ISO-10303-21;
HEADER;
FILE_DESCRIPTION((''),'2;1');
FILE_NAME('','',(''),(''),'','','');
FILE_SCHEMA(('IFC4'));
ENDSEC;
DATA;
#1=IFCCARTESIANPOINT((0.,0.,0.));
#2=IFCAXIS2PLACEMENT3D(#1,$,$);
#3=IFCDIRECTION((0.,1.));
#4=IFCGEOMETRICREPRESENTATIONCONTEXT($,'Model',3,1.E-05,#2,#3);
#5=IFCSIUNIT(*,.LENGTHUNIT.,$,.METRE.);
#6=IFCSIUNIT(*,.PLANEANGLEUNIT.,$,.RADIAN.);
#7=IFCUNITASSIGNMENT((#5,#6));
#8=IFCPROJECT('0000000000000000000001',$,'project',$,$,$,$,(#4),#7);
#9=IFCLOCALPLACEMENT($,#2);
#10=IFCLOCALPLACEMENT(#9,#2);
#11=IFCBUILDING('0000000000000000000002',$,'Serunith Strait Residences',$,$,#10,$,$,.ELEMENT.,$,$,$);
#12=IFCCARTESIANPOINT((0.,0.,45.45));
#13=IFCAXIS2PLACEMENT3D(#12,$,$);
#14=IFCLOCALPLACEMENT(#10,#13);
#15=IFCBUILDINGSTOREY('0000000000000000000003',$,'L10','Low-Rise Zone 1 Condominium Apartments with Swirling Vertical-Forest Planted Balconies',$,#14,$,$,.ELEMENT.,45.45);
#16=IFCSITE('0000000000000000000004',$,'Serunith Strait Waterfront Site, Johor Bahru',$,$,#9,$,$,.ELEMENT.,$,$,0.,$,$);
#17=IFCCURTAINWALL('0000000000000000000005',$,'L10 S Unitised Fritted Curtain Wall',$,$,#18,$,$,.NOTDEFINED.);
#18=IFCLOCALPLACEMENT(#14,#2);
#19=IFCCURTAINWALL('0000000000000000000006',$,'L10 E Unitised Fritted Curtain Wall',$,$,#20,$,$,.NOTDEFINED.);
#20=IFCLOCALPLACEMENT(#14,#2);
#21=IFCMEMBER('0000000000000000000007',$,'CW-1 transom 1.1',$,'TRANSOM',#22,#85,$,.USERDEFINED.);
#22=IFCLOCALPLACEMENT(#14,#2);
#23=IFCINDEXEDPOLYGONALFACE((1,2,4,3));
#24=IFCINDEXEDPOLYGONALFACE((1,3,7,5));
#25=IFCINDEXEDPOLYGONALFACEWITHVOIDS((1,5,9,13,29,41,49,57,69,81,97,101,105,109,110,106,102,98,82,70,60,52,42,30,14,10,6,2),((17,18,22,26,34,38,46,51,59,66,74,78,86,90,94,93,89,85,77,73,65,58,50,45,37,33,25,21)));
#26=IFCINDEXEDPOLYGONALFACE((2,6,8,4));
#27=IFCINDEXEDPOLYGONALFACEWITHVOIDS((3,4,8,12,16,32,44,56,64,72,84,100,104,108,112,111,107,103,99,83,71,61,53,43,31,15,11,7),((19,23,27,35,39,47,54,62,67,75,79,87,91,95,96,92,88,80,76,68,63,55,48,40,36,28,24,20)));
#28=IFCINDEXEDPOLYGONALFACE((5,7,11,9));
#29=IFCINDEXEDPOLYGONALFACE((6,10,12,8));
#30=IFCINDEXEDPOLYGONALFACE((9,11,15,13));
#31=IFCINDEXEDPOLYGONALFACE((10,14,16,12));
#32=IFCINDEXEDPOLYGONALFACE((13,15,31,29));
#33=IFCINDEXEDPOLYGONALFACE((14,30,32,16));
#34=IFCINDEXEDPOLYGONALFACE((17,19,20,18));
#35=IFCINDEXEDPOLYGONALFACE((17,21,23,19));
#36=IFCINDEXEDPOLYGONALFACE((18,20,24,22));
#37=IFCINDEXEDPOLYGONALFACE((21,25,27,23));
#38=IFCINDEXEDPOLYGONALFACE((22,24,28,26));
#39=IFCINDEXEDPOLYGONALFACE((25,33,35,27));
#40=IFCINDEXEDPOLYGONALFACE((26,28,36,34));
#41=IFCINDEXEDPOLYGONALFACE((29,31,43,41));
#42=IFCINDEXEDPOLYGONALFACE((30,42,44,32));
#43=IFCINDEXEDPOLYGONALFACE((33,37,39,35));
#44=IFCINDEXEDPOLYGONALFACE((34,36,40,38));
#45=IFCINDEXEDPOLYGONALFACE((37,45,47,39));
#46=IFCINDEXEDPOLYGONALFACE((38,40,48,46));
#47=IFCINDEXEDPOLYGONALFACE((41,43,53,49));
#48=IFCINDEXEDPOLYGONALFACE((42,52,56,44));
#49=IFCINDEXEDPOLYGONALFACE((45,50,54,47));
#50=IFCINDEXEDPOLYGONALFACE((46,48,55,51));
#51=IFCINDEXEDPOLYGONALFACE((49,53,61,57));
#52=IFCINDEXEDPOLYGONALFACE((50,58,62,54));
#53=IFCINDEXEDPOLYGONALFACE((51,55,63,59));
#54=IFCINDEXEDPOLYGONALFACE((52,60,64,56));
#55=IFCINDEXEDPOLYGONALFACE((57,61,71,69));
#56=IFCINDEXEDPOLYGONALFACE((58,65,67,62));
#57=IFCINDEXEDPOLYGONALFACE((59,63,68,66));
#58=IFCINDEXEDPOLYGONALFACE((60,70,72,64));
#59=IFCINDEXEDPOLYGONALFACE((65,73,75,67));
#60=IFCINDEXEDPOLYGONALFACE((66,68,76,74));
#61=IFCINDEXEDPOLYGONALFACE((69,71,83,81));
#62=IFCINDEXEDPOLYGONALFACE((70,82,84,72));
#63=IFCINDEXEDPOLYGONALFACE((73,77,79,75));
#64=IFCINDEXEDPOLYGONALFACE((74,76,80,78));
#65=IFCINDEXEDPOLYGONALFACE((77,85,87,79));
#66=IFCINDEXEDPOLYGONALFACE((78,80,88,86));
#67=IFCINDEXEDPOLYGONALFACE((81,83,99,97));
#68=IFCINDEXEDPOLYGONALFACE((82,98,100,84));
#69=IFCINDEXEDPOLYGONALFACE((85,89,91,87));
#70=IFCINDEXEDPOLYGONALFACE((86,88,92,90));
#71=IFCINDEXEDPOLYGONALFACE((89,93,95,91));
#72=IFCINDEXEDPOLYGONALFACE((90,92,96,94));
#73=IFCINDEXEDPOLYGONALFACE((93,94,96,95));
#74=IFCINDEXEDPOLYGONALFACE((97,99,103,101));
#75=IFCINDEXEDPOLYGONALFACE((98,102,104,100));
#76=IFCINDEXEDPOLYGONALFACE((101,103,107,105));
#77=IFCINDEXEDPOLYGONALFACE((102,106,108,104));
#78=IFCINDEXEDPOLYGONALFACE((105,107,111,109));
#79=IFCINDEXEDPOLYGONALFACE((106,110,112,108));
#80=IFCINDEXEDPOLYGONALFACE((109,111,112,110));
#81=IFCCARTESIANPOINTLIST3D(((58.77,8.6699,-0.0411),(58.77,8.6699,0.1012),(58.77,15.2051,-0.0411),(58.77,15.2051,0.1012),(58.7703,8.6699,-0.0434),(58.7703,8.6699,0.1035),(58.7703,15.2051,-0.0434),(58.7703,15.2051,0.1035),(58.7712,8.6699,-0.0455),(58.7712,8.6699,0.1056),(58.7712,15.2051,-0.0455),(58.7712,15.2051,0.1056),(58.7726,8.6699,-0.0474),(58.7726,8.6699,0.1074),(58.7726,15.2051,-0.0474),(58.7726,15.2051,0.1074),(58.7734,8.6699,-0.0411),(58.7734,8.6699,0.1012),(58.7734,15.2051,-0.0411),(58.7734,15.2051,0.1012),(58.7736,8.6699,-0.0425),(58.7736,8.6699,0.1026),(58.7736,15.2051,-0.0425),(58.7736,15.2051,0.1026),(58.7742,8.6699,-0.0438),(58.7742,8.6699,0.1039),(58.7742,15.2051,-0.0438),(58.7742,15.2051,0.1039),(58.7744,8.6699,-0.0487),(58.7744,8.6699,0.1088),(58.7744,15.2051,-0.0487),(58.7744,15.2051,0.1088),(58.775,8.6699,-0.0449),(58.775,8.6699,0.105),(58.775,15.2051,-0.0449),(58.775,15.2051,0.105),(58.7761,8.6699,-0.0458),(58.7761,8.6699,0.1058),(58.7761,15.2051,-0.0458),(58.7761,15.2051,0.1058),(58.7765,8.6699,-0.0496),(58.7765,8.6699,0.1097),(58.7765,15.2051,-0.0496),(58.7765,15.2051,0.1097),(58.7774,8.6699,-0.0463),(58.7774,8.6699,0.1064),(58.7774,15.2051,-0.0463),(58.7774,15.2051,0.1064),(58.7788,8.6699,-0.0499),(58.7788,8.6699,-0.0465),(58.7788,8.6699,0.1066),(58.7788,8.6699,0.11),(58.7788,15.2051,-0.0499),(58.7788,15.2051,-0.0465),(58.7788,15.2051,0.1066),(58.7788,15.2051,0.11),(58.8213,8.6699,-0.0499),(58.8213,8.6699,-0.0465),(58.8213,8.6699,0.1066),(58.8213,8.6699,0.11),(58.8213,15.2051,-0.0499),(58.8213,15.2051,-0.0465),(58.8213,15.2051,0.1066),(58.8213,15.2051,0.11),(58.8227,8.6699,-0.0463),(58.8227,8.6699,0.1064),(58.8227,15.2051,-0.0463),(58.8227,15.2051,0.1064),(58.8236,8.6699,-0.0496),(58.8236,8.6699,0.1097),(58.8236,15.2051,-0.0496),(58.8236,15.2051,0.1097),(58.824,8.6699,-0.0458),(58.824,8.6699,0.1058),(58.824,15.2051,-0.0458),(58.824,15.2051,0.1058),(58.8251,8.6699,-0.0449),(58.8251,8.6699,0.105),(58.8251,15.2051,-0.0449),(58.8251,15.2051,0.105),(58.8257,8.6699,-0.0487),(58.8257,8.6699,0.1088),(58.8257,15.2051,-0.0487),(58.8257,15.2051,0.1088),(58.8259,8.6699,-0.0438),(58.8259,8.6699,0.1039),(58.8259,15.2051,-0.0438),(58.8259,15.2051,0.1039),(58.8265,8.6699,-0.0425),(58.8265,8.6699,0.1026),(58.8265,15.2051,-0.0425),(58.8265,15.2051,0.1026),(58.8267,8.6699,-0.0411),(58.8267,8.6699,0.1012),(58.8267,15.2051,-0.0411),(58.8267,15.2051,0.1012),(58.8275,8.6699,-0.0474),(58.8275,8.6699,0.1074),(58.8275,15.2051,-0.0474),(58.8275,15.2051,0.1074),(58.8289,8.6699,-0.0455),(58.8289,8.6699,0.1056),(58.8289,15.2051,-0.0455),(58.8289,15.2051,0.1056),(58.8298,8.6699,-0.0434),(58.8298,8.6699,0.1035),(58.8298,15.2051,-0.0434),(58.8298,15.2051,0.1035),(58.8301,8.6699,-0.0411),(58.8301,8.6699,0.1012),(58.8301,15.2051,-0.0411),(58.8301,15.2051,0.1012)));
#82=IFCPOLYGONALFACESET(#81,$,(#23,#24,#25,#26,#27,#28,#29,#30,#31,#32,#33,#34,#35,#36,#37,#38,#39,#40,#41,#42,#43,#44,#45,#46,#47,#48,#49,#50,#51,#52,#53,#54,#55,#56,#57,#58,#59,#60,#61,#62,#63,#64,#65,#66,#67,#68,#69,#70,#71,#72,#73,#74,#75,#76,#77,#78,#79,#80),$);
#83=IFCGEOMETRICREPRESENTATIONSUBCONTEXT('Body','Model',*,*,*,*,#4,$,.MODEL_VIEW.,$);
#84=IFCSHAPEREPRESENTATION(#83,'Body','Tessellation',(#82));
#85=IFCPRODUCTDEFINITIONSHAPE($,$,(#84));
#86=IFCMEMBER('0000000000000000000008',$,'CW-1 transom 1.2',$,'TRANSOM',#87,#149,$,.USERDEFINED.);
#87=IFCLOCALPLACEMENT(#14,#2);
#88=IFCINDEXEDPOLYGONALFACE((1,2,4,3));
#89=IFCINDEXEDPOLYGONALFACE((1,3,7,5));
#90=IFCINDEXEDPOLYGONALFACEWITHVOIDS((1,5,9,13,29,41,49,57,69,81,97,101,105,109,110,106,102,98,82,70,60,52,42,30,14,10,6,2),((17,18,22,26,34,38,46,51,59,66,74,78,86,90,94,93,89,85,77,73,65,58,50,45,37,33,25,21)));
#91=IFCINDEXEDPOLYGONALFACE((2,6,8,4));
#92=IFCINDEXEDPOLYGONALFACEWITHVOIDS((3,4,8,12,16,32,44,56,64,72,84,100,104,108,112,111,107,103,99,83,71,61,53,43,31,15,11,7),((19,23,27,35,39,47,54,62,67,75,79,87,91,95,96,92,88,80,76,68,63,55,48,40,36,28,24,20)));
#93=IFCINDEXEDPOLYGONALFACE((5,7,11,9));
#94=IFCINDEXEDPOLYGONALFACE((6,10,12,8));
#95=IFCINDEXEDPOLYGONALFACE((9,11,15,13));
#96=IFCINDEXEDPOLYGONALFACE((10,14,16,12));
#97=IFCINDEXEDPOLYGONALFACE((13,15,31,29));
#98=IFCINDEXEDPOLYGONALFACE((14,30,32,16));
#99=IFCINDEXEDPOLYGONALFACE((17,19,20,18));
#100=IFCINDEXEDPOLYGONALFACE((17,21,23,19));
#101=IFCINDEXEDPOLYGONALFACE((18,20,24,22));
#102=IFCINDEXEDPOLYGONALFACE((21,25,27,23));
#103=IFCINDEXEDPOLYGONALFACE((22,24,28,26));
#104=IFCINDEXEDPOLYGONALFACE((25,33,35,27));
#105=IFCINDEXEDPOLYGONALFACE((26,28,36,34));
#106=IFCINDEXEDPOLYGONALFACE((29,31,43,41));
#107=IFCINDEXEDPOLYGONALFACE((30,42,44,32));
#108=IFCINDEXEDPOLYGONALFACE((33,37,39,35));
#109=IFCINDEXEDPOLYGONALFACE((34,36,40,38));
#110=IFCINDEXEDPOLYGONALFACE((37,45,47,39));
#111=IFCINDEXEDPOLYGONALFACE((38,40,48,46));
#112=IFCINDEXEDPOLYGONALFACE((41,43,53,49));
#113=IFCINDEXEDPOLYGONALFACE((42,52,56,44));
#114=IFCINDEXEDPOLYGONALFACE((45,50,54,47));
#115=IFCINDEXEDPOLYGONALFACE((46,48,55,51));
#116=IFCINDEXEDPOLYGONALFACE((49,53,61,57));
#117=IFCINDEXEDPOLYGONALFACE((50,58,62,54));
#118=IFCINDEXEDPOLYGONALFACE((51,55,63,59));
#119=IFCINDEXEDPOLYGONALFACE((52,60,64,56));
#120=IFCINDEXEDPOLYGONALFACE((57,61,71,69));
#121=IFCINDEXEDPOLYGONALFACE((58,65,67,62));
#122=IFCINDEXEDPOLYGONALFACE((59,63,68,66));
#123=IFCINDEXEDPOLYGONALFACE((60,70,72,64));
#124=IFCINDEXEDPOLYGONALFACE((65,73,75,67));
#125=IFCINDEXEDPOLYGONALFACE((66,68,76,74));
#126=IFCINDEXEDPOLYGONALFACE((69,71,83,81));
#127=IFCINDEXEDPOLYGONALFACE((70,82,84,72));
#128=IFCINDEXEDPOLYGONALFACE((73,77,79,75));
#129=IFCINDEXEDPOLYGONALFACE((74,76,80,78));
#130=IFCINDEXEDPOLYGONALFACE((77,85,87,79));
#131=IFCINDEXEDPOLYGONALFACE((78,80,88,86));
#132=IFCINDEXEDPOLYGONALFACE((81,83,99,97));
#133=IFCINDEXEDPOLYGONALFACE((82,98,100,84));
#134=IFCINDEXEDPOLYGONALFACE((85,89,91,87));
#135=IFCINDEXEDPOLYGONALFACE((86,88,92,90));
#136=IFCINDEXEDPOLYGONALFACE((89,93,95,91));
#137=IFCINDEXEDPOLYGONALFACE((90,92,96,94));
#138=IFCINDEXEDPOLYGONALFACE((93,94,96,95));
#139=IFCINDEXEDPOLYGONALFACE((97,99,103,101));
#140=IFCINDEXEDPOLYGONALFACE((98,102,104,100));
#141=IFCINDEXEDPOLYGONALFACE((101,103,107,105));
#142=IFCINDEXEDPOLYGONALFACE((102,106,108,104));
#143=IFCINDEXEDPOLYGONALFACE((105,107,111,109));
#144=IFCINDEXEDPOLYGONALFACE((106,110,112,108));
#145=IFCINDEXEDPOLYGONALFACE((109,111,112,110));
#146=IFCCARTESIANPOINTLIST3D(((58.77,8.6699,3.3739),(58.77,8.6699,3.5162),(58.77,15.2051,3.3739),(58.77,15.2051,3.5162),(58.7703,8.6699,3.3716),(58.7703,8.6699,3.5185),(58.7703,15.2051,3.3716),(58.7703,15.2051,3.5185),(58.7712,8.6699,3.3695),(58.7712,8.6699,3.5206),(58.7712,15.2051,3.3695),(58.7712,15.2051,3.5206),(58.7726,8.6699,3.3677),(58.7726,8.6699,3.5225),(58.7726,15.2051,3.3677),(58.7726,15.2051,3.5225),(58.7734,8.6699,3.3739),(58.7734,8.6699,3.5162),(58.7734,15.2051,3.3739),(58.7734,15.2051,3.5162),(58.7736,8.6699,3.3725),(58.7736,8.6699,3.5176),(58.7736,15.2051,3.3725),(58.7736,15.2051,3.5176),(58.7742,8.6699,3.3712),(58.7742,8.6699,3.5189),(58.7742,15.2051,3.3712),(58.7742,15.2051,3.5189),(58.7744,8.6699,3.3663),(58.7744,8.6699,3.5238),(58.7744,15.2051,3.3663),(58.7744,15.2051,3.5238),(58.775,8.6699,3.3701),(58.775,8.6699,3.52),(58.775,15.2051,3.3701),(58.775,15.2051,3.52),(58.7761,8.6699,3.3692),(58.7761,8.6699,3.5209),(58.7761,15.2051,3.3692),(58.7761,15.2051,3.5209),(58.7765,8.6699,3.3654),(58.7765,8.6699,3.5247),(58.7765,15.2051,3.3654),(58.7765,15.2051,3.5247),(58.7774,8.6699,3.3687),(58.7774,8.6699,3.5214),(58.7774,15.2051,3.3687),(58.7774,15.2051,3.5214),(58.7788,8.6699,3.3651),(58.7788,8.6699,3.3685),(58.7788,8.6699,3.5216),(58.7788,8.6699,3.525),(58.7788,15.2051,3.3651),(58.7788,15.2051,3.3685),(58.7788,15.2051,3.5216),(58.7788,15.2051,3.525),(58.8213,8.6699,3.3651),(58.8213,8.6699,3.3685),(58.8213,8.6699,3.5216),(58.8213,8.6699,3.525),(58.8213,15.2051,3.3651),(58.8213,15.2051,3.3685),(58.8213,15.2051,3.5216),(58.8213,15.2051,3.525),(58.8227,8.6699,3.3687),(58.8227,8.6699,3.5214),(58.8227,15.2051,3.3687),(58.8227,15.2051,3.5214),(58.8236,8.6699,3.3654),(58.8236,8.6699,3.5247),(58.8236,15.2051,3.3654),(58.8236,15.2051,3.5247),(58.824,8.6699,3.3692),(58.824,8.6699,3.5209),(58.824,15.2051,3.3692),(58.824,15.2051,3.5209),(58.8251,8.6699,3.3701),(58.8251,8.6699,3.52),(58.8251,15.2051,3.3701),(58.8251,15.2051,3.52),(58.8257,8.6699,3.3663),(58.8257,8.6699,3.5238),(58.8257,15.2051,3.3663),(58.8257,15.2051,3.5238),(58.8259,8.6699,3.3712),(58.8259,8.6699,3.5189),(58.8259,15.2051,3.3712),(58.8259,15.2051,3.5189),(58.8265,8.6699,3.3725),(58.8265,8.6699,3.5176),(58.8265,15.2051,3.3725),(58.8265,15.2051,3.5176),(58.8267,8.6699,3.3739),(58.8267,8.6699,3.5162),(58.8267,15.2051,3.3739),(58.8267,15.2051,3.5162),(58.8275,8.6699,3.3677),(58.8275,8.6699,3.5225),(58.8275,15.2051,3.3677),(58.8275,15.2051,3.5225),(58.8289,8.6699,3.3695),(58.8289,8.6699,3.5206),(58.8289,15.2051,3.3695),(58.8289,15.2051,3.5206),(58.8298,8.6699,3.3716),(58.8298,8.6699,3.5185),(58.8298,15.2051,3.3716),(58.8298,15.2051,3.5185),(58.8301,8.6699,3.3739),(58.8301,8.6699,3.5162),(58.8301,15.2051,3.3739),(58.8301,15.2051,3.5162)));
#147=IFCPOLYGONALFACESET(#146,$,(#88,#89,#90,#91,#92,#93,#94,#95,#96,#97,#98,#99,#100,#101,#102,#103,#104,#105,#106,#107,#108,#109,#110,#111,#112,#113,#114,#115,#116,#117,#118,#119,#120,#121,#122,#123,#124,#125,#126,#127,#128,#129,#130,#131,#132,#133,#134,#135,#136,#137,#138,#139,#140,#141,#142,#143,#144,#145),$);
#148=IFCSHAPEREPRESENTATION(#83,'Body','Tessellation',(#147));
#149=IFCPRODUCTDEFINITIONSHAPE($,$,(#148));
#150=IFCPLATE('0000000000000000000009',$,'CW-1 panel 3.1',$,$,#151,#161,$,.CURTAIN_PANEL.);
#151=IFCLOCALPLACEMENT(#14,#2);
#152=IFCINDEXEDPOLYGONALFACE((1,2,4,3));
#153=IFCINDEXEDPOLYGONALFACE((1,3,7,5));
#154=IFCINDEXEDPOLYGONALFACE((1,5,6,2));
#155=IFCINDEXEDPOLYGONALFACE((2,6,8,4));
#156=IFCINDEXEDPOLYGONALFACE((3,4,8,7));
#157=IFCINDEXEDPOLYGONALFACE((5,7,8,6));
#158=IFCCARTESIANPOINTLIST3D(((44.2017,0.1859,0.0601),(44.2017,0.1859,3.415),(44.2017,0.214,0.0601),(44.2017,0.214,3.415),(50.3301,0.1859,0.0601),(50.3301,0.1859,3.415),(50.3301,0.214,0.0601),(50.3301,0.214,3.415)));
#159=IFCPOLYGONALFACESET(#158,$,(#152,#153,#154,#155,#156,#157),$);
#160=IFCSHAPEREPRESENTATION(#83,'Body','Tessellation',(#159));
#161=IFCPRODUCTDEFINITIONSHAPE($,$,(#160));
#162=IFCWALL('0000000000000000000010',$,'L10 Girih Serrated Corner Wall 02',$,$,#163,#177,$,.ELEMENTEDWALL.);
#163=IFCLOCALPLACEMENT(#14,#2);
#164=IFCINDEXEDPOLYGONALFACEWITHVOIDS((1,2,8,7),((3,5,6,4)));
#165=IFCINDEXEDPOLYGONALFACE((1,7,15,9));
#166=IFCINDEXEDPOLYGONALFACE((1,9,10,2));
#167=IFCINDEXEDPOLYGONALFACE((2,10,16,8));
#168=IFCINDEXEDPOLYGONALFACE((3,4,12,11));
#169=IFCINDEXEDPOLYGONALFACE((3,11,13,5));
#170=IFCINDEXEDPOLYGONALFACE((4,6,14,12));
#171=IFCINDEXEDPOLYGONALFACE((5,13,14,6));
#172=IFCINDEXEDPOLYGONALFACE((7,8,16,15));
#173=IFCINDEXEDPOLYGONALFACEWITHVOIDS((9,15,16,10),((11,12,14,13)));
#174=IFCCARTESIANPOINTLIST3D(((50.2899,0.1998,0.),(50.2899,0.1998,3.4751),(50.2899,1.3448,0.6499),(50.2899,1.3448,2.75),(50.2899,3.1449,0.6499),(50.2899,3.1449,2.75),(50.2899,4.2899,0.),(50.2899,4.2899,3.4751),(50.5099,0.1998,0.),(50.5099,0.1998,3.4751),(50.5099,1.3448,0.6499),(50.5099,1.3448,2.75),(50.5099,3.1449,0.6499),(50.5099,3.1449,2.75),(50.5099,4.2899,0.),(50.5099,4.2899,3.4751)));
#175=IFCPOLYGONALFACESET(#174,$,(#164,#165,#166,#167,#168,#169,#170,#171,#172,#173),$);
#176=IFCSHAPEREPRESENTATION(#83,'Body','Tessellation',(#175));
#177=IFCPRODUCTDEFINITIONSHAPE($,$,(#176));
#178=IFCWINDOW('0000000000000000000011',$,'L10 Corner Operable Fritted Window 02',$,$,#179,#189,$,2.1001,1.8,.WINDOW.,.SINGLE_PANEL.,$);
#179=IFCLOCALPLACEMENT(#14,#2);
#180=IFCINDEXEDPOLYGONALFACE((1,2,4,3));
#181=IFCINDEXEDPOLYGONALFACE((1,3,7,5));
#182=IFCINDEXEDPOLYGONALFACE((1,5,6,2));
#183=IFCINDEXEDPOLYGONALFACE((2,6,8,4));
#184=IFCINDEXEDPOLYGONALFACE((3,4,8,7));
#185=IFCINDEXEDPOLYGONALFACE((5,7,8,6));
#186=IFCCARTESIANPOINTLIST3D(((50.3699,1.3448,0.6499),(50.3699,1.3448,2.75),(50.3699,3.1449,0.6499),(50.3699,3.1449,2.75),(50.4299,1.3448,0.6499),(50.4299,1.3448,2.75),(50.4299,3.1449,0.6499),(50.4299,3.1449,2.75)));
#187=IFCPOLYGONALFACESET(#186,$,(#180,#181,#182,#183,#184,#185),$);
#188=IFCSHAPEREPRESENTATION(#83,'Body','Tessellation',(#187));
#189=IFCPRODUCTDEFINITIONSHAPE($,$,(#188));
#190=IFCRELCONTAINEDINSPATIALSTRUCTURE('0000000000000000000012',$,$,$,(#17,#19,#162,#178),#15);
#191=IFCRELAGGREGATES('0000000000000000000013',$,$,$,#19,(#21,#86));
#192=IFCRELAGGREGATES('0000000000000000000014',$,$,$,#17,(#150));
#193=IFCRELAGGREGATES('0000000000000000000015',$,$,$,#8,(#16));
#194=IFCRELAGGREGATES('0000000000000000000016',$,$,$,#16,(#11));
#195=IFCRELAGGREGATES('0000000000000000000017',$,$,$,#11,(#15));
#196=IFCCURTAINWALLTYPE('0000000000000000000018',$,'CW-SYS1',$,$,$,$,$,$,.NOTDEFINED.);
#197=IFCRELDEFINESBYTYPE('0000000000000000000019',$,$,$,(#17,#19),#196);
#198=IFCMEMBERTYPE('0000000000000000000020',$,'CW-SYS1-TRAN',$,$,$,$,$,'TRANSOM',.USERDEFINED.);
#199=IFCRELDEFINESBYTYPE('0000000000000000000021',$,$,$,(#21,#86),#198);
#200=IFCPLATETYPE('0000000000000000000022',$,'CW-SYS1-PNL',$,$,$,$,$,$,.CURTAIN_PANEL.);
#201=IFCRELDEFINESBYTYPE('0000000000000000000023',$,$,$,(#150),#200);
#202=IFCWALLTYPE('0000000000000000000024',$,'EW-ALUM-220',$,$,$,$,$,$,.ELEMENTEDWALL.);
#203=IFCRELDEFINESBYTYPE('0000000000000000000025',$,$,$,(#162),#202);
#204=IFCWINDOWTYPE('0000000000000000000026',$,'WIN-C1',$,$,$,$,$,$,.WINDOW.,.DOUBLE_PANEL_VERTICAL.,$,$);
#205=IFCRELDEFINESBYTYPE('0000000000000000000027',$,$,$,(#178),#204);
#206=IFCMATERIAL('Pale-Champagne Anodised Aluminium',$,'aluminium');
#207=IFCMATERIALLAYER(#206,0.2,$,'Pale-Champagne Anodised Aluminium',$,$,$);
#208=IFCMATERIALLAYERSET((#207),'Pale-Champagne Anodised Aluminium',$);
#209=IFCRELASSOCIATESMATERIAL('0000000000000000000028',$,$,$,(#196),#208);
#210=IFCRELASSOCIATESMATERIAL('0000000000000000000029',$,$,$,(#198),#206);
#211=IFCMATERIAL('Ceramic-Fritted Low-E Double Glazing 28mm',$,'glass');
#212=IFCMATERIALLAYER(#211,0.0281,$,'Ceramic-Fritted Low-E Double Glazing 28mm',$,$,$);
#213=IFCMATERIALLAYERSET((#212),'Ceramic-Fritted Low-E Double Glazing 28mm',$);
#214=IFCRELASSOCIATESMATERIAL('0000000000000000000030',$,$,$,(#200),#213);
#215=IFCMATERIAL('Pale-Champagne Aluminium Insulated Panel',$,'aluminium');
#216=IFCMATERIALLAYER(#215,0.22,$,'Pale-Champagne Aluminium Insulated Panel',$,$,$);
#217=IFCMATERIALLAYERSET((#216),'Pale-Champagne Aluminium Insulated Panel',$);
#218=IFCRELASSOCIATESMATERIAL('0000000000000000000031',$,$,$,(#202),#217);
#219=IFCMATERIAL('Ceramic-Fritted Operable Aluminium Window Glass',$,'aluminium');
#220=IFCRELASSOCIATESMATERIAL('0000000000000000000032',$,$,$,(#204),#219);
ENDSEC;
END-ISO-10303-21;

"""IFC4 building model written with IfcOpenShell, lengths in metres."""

from ifc_helpers import new_model, si_unit, direction, frame, frame_2d, origin, origin_2d, place, context, subcontext, project, spatial, rectangle, hollow_rectangle, extrude, source, transform, mapped, material, layer, layer_set, material_profile, profile_set, type_object, element, fill, aggregate, save


model = new_model("IFC4")

# Units and contexts
model_context = context("Model", 3, precision=1e-05, world=origin(), true_north=direction((0.0, 1.0)))
body_context = subcontext(model_context, "Body", "Model", "MODEL_VIEW")
ifc_project = project(units=[si_unit("LENGTHUNIT", "METRE"), si_unit("PLANEANGLEUNIT", "RADIAN")], contexts=[model_context])

# Site, building, storey
site_placement = place(None, origin())
site = spatial("IfcSite", under=ifc_project, at=site_placement, Name="Serunith Strait Waterfront Site, Johor Bahru", CompositionType="ELEMENT", RefElevation=0.0)
building_placement = place(site_placement, origin())
building = spatial("IfcBuilding", under=site, at=building_placement, Name="Serunith Strait Residences", CompositionType="ELEMENT")
storey_placement = place(building_placement, frame((0.0, 0.0, 45.45)))
storey = spatial("IfcBuildingStorey", under=building, at=storey_placement, Name="L10", Description="Low-Rise Zone 1 Condominium Apartments with Swirling Vertical-Forest Planted Balconies", CompositionType="ELEMENT", Elevation=45.45)

# Curtain wall
ifc_material_1 = material(Name="Pale-Champagne Anodised Aluminium", Category="aluminium")
ifc_layer_1 = layer(ifc_material_1, 0.2, Name="Pale-Champagne Anodised Aluminium")
ifc_layer_set_1 = layer_set([ifc_layer_1], Name="Pale-Champagne Anodised Aluminium")
curtain_wall_type = type_object("IfcCurtainWallType", Name="CW-SYS1", PredefinedType="NOTDEFINED", material=ifc_layer_set_1)
curtain_wall_1_placement = place(storey_placement, origin())
curtain_wall_1 = element("IfcCurtainWall", 1, at=curtain_wall_1_placement, inside=storey, type_object=curtain_wall_type, Name="L10 S Unitised Fritted Curtain Wall", PredefinedType="NOTDEFINED")

# Curtain wall, members
curtain_wall_2_placement = place(storey_placement, origin())
curtain_wall_2 = element("IfcCurtainWall", 2, at=curtain_wall_2_placement, inside=storey, type_object=curtain_wall_type, Name="L10 E Unitised Fritted Curtain Wall", PredefinedType="NOTDEFINED")
ifc_material_profile_1 = material_profile(ifc_material_1, hollow_rectangle(XDim=0.0601, YDim=0.1599, WallThickness=0.0034, InnerFilletRadius=0.0054, OuterFilletRadius=0.0088, at=origin_2d()), Name="ALU 160x60x3.5")
ifc_profile_set_1 = profile_set([ifc_material_profile_1], Name="Pale-Champagne Anodised Aluminium")
member_type_1 = type_object("IfcMemberType", Name="CW-SYS1-TRAN", ElementType="TRANSOM", PredefinedType="USERDEFINED", material=ifc_profile_set_1)
shared_shape_1 = source(origin(), body_context, "Body", "SweptSolid", [
    extrude(hollow_rectangle(XDim=0.0601, YDim=0.1599, WallThickness=0.0034, InnerFilletRadius=0.0054, OuterFilletRadius=0.0088, at=origin_2d()), origin(), (0.0, 0.0, 1.0), 6.5352),
])
member_1_placement = place(storey_placement, frame((58.8, 8.6699, 0.03), z_axis=(0.0, 1.0, 0.0), x_axis=(-1.0, 0.0, 0.0)))
member_1 = element("IfcMember", 3, at=member_1_placement, type_object=member_type_1, Name="CW-1 transom 1.1", ObjectType="TRANSOM", PredefinedType="USERDEFINED", context=body_context, shape_type="MappedRepresentation", body=[
    mapped(shared_shape_1, transform((0.0, 0.0, 0.0), scale=1.0)),
])
member_2_placement = place(storey_placement, frame((58.8, 8.6699, 3.4451), z_axis=(0.0, 1.0, 0.0), x_axis=(-1.0, 0.0, 0.0)))
member_2 = element("IfcMember", 4, at=member_2_placement, type_object=member_type_1, Name="CW-1 transom 1.2", ObjectType="TRANSOM", PredefinedType="USERDEFINED", context=body_context, shape_type="MappedRepresentation", body=[
    mapped(shared_shape_1, transform((0.0, 0.0, 0.0), scale=1.0)),
])
aggregate(curtain_wall_2, [member_1, member_2])

# Plate
ifc_material_2 = material(Name="Ceramic-Fritted Low-E Double Glazing 28mm", Category="glass")
ifc_layer_2 = layer(ifc_material_2, 0.0281, Name="Ceramic-Fritted Low-E Double Glazing 28mm")
ifc_layer_set_2 = layer_set([ifc_layer_2], Name="Ceramic-Fritted Low-E Double Glazing 28mm")
plate_type = type_object("IfcPlateType", Name="CW-SYS1-PNL", PredefinedType="CURTAIN_PANEL", material=ifc_layer_set_2)
shared_shape_2 = source(origin(), body_context, "Body", "SweptSolid", [
    extrude(rectangle(XDim=6.1284, YDim=0.0281, at=origin_2d()), origin(), (0.0, 0.0, 1.0), 3.355),
])
plate_placement = place(storey_placement, frame((47.2659, 0.2, 0.0601), z_axis=(0.0, 0.0, 1.0), x_axis=(1.0, 0.0, 0.0)))
plate = element("IfcPlate", 5, at=plate_placement, type_object=plate_type, Name="CW-1 panel 3.1", PredefinedType="CURTAIN_PANEL", context=body_context, shape_type="MappedRepresentation", body=[
    mapped(shared_shape_2, transform((0.0, 0.0, 0.0), scale=1.0)),
])
aggregate(curtain_wall_1, [plate])

# Wall, opening, window
ifc_material_3 = material(Name="Pale-Champagne Aluminium Insulated Panel", Category="aluminium")
ifc_layer_3 = layer(ifc_material_3, 0.22, Name="Pale-Champagne Aluminium Insulated Panel")
ifc_layer_set_3 = layer_set([ifc_layer_3], Name="Pale-Champagne Aluminium Insulated Panel")
wall_type_1 = type_object("IfcWallType", Name="EW-ALUM-220", PredefinedType="ELEMENTEDWALL", material=ifc_layer_set_3)
wall_1_placement = place(storey_placement, frame((50.3999, 0.2, 0.0), z_axis=(0.0, 0.0, 1.0), x_axis=(0.0, 1.0, 0.0)))
wall_1 = element("IfcWall", 6, at=wall_1_placement, inside=storey, type_object=wall_type_1, Name="L10 Girih Serrated Corner Wall 02", PredefinedType="ELEMENTEDWALL", context=body_context, shape_type="SweptSolid", body=[
    extrude(rectangle(XDim=4.0901, YDim=0.22, at=frame_2d((2.0449, 0.0))), origin(), (0.0, 0.0, 1.0), 3.4751),
])
opening_1_placement = place(wall_1_placement, frame((1.145, 0.0, 0.6499)))
opening_1 = element("IfcOpeningElement", 7, at=opening_1_placement, cuts=wall_1, PredefinedType="OPENING", context=body_context, shape_type="SweptSolid", body=[
    extrude(rectangle(XDim=1.8, YDim=2.1001, at=frame_2d((0.8999, 1.05))), frame((0.0, 0.1201, 0.0), z_axis=(0.0, -1.0, 0.0), x_axis=(1.0, 0.0, 0.0)), (0.0, 0.0, 1.0), 0.24),
])
ifc_material_4 = material(Name="Ceramic-Fritted Operable Aluminium Window Glass", Category="aluminium")
window_type = type_object("IfcWindowType", Name="WIN-C1", PartitioningType="DOUBLE_PANEL_VERTICAL", PredefinedType="WINDOW", material=ifc_material_4)
shared_shape_3 = source(origin(), body_context, "Body", "SweptSolid", [
    extrude(rectangle(XDim=1.8, YDim=2.1001, at=frame_2d((0.8999, 1.05))), frame((0.0, 0.03, 0.0), z_axis=(0.0, -1.0, 0.0), x_axis=(1.0, 0.0, 0.0)), (0.0, 0.0, 1.0), 0.0601),
])
window_1_placement = place(opening_1_placement, origin())
window_1 = element("IfcWindow", 8, at=window_1_placement, inside=storey, type_object=window_type, Name="L10 Corner Operable Fritted Window 02", OverallHeight=2.1001, OverallWidth=1.8, PartitioningType="SINGLE_PANEL", PredefinedType="WINDOW", context=body_context, shape_type="MappedRepresentation", body=[
    mapped(shared_shape_3, transform((0.0, 0.0, 0.0), scale=1.0)),
])
fill(opening_1, window_1)

save(model, "model.ifc")
